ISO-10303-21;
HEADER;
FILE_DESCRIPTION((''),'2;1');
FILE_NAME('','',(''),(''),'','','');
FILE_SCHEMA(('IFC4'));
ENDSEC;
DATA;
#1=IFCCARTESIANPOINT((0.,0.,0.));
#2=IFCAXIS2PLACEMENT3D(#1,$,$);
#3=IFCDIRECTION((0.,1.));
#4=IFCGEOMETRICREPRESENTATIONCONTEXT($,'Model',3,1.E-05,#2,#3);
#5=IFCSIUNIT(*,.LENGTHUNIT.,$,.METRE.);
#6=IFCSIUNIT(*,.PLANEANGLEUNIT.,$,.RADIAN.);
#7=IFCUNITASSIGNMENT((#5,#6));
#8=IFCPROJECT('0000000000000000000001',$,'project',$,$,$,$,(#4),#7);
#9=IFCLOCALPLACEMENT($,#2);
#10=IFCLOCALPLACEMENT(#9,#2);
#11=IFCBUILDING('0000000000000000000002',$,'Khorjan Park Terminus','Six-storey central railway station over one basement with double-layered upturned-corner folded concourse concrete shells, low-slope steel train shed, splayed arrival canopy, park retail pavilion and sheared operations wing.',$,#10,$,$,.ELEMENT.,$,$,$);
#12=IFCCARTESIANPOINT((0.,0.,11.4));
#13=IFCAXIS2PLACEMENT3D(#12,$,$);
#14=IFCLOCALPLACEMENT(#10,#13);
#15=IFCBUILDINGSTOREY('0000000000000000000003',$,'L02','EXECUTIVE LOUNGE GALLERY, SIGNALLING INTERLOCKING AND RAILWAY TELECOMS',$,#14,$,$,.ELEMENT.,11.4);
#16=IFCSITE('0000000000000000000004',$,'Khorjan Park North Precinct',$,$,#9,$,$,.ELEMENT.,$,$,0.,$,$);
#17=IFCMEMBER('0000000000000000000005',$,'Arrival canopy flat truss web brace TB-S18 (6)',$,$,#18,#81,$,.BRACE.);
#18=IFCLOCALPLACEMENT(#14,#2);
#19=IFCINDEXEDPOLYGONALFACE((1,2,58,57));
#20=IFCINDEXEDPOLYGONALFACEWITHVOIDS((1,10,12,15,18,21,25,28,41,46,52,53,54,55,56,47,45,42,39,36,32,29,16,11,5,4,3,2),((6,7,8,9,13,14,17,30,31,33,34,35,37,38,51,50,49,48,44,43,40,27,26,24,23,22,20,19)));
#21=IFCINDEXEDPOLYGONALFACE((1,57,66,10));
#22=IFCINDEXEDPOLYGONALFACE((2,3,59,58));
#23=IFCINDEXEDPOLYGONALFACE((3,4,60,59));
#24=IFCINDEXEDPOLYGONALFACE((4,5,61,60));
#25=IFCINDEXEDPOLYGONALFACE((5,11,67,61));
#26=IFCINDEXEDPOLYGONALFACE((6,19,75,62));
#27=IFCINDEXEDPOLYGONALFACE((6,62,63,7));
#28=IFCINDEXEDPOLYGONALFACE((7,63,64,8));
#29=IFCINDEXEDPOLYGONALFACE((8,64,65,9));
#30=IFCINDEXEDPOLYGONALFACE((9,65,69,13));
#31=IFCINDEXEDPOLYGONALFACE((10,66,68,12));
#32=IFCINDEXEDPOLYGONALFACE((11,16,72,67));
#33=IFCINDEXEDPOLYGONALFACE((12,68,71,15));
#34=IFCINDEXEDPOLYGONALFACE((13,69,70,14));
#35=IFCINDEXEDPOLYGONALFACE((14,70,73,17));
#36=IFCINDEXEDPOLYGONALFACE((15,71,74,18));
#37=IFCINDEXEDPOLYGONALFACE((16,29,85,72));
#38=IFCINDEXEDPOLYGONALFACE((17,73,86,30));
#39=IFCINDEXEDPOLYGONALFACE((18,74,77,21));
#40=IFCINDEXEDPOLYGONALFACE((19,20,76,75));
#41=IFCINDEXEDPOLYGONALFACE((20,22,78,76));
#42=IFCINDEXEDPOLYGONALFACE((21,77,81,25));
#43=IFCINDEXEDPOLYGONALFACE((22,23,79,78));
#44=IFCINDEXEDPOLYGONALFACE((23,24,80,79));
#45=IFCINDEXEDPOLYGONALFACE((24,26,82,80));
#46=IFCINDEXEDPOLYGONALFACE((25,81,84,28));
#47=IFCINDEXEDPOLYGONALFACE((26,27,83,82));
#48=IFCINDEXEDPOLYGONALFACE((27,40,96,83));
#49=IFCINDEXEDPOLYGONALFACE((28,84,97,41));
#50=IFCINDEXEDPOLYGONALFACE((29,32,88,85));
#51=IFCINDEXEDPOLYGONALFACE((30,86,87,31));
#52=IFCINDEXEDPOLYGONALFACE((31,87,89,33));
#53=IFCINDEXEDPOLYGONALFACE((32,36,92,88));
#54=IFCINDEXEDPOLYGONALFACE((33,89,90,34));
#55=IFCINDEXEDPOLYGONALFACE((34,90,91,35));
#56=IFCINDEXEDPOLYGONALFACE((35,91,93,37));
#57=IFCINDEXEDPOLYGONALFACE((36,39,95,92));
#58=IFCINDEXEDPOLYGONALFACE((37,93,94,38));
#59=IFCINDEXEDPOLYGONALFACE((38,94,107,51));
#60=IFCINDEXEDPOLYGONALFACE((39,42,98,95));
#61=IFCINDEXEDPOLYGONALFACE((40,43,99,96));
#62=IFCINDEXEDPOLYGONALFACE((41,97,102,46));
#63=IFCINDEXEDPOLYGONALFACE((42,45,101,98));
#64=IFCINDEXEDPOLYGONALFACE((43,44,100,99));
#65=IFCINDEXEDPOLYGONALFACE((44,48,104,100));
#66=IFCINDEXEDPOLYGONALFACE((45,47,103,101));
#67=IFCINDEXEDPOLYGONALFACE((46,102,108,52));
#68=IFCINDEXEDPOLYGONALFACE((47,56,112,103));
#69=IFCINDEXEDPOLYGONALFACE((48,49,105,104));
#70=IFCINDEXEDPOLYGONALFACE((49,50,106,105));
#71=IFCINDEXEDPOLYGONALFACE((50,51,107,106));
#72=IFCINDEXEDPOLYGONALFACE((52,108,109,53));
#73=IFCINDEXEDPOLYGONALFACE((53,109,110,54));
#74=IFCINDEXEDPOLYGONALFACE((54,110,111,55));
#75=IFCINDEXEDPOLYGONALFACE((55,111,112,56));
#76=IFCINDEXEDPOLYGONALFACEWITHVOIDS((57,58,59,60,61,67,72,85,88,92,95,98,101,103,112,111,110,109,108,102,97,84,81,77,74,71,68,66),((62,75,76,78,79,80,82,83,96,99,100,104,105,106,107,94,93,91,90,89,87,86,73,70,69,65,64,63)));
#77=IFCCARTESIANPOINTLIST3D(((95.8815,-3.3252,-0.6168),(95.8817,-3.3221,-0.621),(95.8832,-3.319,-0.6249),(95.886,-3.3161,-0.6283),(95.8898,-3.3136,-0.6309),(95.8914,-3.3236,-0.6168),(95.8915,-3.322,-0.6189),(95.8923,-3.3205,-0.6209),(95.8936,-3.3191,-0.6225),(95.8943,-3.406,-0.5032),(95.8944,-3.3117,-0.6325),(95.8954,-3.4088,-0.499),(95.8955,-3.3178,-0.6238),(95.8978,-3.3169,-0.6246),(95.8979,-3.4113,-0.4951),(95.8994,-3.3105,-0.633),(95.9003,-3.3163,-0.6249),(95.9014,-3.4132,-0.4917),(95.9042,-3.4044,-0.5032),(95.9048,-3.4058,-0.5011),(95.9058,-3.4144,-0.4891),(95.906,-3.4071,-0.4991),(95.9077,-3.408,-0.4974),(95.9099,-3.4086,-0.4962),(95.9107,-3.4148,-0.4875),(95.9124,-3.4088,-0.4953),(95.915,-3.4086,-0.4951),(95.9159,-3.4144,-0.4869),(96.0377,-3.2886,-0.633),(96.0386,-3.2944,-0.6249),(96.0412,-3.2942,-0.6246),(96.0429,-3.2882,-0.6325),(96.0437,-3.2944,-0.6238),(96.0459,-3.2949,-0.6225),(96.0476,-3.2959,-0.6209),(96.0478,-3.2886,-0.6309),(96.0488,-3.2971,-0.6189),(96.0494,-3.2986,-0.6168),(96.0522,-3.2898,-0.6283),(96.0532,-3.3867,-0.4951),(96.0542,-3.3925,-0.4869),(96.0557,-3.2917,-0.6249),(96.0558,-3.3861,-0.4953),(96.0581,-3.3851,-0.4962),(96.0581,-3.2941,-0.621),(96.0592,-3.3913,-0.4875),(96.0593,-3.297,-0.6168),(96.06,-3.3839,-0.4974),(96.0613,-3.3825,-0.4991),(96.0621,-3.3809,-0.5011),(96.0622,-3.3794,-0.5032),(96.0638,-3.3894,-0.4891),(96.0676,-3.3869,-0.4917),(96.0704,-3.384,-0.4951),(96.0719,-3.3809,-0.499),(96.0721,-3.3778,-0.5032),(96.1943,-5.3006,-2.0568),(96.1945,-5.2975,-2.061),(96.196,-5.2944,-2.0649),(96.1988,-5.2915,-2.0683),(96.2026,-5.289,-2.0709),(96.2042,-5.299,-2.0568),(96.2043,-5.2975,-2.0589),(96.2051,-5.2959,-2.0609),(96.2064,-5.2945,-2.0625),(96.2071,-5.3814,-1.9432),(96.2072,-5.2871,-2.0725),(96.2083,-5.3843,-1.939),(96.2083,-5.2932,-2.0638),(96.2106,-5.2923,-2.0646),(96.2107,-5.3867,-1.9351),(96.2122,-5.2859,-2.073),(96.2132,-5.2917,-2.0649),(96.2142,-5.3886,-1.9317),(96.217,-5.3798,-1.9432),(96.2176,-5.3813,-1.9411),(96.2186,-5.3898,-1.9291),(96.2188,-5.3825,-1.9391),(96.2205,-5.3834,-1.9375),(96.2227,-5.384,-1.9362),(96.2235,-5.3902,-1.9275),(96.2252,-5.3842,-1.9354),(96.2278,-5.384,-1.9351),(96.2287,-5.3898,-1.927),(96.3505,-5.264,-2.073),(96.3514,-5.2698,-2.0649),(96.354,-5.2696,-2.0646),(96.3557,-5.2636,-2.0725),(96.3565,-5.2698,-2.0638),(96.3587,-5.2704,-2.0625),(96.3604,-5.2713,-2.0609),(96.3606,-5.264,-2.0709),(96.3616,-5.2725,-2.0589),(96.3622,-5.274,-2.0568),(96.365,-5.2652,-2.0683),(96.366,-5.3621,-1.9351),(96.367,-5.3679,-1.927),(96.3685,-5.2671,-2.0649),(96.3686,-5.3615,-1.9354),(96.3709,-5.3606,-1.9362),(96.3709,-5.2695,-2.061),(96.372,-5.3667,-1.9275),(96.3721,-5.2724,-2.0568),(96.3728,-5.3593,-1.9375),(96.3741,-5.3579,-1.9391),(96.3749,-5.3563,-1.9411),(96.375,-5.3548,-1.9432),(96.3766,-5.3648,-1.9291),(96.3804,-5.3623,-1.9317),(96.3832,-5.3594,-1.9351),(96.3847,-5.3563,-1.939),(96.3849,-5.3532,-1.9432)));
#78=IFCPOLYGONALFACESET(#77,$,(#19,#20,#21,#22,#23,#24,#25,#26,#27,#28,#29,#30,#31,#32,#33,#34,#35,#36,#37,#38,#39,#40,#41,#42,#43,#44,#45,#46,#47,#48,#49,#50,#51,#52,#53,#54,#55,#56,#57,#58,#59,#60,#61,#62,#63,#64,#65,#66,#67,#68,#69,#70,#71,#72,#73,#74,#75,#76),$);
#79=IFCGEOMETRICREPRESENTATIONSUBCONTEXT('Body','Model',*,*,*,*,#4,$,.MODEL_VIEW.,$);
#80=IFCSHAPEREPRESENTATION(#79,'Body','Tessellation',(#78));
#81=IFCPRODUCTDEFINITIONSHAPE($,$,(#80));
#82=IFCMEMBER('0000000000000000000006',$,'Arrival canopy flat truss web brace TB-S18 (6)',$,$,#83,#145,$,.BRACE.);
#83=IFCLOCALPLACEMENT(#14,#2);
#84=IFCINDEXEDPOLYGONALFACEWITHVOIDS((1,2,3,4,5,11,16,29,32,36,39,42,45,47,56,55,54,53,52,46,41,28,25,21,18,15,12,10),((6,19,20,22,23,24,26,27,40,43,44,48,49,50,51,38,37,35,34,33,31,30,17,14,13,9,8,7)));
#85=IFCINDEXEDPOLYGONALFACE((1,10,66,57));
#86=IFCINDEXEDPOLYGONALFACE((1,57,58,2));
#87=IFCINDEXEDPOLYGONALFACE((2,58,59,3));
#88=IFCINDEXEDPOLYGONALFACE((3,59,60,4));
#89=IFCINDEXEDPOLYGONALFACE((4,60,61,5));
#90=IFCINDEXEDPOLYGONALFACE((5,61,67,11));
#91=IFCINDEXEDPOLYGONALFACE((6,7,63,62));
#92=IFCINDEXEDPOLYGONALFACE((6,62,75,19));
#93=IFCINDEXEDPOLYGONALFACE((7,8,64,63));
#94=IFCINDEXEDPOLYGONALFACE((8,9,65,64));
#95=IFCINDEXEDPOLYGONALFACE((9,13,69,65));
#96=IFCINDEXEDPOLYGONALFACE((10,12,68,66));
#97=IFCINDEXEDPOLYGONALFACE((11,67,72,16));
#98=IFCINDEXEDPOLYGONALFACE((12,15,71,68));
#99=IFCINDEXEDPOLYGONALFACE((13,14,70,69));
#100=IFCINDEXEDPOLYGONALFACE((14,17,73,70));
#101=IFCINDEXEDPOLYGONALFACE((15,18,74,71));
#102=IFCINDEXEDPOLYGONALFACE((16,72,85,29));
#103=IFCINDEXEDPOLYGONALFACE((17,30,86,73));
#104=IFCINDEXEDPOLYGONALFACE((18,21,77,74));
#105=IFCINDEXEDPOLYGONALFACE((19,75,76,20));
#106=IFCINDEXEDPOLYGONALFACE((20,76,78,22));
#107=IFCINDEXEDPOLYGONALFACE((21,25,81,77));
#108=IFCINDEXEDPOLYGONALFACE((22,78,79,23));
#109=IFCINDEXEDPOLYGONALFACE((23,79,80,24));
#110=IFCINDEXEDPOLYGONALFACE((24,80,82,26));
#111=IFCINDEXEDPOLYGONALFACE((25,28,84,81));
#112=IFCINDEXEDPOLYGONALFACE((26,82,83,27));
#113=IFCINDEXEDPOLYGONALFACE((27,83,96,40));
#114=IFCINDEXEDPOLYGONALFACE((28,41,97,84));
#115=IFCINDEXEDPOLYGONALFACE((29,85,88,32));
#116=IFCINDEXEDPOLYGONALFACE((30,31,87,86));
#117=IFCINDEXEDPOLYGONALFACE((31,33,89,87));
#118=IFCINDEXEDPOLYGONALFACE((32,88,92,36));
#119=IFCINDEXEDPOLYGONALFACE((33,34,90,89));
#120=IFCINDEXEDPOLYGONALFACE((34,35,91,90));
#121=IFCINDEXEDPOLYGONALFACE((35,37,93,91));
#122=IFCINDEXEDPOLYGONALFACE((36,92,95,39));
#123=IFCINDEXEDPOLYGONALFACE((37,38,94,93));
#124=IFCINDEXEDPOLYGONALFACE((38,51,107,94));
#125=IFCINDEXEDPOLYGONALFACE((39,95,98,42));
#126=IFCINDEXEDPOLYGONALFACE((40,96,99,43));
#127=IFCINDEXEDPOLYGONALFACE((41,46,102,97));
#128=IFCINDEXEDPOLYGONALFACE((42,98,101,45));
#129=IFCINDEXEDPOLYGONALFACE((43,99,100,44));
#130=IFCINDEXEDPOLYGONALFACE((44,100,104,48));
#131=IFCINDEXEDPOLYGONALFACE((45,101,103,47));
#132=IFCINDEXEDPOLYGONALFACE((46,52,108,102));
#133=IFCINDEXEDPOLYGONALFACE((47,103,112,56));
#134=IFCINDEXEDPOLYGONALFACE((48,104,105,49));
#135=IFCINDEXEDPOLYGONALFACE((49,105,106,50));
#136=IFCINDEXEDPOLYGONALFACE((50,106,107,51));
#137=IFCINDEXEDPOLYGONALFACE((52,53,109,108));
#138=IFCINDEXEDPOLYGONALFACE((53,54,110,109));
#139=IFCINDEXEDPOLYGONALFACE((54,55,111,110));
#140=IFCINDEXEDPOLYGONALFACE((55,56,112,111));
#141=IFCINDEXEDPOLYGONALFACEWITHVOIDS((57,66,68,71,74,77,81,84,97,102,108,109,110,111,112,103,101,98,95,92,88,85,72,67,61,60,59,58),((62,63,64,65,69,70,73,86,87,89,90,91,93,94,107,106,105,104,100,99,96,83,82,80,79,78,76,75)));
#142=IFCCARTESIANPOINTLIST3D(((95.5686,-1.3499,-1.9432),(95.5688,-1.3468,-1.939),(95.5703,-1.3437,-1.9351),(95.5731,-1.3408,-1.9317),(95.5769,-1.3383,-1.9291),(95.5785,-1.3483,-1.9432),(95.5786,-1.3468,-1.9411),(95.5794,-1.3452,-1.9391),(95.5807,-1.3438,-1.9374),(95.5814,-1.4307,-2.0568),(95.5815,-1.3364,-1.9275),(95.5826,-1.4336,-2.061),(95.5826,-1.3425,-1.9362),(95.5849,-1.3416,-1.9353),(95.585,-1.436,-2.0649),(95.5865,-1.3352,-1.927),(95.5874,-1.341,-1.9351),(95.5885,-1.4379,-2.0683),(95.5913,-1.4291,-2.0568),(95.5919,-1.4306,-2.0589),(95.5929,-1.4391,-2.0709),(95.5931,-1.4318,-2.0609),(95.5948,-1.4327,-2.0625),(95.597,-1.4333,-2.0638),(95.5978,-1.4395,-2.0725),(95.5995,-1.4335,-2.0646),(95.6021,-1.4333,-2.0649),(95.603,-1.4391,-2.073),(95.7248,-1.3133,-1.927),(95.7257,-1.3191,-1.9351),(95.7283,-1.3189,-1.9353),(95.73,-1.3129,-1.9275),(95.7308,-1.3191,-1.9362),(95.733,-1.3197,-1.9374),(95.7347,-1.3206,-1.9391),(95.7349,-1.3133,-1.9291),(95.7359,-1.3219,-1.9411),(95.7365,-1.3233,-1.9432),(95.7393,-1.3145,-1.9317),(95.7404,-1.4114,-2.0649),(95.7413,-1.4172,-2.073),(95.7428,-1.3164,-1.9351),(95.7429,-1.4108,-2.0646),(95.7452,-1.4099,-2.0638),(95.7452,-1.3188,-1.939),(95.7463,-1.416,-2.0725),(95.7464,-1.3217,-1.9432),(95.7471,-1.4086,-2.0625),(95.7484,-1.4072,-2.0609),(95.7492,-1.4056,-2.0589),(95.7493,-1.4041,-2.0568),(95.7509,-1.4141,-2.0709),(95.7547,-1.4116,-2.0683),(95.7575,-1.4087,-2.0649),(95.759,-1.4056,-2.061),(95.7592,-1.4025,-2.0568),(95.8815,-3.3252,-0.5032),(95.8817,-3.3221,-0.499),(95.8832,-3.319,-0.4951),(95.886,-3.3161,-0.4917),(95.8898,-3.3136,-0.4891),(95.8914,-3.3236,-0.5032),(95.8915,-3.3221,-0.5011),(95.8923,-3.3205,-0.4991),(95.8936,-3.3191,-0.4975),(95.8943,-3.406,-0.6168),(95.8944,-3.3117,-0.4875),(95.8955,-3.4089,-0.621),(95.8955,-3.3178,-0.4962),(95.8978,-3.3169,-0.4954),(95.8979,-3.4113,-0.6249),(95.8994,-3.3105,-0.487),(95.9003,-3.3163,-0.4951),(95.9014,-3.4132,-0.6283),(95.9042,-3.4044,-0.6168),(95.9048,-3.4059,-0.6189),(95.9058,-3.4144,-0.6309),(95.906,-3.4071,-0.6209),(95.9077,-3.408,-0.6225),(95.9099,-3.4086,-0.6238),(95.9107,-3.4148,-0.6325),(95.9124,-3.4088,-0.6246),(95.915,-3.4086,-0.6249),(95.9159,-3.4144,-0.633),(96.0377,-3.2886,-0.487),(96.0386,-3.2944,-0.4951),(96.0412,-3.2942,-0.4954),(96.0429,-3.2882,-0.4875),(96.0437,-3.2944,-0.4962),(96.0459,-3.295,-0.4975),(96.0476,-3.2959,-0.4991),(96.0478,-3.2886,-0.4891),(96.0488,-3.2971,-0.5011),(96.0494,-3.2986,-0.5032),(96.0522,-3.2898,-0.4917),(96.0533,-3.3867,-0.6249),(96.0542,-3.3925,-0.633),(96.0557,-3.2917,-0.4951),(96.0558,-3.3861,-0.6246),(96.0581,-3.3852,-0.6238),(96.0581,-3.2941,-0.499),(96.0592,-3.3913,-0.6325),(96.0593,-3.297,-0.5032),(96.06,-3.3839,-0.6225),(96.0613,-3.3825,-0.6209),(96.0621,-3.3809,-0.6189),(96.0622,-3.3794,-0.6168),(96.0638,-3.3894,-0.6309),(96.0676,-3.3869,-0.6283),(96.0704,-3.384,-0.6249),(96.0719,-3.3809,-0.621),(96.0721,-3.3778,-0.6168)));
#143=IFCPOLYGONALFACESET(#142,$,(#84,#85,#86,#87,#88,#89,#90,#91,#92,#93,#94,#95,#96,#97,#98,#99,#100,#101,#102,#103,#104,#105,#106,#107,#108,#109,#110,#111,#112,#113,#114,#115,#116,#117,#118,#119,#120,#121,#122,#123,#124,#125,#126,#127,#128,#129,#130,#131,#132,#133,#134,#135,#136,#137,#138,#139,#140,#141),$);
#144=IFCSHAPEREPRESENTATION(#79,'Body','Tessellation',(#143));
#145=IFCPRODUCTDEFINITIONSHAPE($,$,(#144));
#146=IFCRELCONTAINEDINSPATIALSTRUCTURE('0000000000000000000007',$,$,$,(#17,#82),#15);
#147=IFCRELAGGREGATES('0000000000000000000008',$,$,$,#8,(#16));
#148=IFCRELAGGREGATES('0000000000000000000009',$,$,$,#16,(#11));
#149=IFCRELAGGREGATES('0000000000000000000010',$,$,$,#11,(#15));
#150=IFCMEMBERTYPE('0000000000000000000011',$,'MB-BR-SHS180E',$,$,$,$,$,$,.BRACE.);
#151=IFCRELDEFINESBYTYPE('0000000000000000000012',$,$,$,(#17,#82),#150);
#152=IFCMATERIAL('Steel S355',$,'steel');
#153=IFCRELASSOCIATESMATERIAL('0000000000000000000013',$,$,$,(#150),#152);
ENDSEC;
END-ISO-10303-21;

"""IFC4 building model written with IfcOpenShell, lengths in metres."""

from ifc_helpers import new_model, si_unit, direction, frame, origin, origin_2d, place, context, subcontext, project, spatial, hollow_rectangle, extrude, material, material_profile, profile_set, type_object, element, save


model = new_model("IFC4")

# Units and contexts
model_context = context("Model", 3, precision=1e-05, world=origin(), true_north=direction((0.0, 1.0)))
body_context = subcontext(model_context, "Body", "Model", "MODEL_VIEW")
ifc_project = project(units=[si_unit("LENGTHUNIT", "METRE"), si_unit("PLANEANGLEUNIT", "RADIAN")], contexts=[model_context])

# Site, building, storey
site_placement = place(None, origin())
site = spatial("IfcSite", under=ifc_project, at=site_placement, Name="Khorjan Park North Precinct", CompositionType="ELEMENT", RefElevation=0.0)
building_placement = place(site_placement, origin())
building = spatial("IfcBuilding", under=site, at=building_placement, Name="Khorjan Park Terminus", Description="Six-storey central railway station over one basement with double-layered upturned-corner folded concourse concrete shells, low-slope steel train shed, splayed arrival canopy, park retail pavilion and sheared operations wing.", CompositionType="ELEMENT")
storey_placement = place(building_placement, frame((0.0, 0.0, 11.4)))
storey = spatial("IfcBuildingStorey", under=building, at=storey_placement, Name="L02", Description="EXECUTIVE LOUNGE GALLERY, SIGNALLING INTERLOCKING AND RAILWAY TELECOMS", CompositionType="ELEMENT", Elevation=11.4)

# Members
ifc_material = material(Name="Steel S355", Category="steel")
ifc_material_profile_1 = material_profile(ifc_material, hollow_rectangle(XDim=0.18, YDim=0.18, WallThickness=0.01, InnerFilletRadius=0.01, OuterFilletRadius=0.02, at=origin_2d()), Name="SHS 180x180x10")
ifc_profile_set_1 = profile_set([ifc_material_profile_1], Name="Steel S355")
member_type_1 = type_object("IfcMemberType", Name="MB-BR-SHS180E", PredefinedType="BRACE", material=ifc_profile_set_1)
member_1_placement = place(storey_placement, frame((96.2896, -5.3269, -2.0), z_axis=(-0.126923, 0.801549, 0.584302), x_axis=(-0.987694, -0.156399, 0.0)))
element("IfcMember", 1, at=member_1_placement, inside=storey, type_object=member_type_1, Name="Arrival canopy flat truss web brace TB-S18 (6)", PredefinedType="BRACE", context=body_context, shape_type="SweptSolid", body=[
    extrude(hollow_rectangle(XDim=0.18, YDim=0.18, WallThickness=0.01, InnerFilletRadius=0.01, OuterFilletRadius=0.02, at=origin_2d()), origin(), (0.0, 0.0, 1.0), 2.4645),
])
member_2_placement = place(storey_placement, frame((95.9768, -3.3515, -0.56), z_axis=(-0.126968, 0.801531, -0.584318), x_axis=(-0.987685, -0.156456, 0.0)))
element("IfcMember", 2, at=member_2_placement, inside=storey, type_object=member_type_1, Name="Arrival canopy flat truss web brace TB-S18 (6)", PredefinedType="BRACE", context=body_context, shape_type="SweptSolid", body=[
    extrude(hollow_rectangle(XDim=0.18, YDim=0.18, WallThickness=0.01, InnerFilletRadius=0.01, OuterFilletRadius=0.02, at=origin_2d()), origin(), (0.0, 0.0, 1.0), 2.4644),
])

save(model, "model.ifc")
